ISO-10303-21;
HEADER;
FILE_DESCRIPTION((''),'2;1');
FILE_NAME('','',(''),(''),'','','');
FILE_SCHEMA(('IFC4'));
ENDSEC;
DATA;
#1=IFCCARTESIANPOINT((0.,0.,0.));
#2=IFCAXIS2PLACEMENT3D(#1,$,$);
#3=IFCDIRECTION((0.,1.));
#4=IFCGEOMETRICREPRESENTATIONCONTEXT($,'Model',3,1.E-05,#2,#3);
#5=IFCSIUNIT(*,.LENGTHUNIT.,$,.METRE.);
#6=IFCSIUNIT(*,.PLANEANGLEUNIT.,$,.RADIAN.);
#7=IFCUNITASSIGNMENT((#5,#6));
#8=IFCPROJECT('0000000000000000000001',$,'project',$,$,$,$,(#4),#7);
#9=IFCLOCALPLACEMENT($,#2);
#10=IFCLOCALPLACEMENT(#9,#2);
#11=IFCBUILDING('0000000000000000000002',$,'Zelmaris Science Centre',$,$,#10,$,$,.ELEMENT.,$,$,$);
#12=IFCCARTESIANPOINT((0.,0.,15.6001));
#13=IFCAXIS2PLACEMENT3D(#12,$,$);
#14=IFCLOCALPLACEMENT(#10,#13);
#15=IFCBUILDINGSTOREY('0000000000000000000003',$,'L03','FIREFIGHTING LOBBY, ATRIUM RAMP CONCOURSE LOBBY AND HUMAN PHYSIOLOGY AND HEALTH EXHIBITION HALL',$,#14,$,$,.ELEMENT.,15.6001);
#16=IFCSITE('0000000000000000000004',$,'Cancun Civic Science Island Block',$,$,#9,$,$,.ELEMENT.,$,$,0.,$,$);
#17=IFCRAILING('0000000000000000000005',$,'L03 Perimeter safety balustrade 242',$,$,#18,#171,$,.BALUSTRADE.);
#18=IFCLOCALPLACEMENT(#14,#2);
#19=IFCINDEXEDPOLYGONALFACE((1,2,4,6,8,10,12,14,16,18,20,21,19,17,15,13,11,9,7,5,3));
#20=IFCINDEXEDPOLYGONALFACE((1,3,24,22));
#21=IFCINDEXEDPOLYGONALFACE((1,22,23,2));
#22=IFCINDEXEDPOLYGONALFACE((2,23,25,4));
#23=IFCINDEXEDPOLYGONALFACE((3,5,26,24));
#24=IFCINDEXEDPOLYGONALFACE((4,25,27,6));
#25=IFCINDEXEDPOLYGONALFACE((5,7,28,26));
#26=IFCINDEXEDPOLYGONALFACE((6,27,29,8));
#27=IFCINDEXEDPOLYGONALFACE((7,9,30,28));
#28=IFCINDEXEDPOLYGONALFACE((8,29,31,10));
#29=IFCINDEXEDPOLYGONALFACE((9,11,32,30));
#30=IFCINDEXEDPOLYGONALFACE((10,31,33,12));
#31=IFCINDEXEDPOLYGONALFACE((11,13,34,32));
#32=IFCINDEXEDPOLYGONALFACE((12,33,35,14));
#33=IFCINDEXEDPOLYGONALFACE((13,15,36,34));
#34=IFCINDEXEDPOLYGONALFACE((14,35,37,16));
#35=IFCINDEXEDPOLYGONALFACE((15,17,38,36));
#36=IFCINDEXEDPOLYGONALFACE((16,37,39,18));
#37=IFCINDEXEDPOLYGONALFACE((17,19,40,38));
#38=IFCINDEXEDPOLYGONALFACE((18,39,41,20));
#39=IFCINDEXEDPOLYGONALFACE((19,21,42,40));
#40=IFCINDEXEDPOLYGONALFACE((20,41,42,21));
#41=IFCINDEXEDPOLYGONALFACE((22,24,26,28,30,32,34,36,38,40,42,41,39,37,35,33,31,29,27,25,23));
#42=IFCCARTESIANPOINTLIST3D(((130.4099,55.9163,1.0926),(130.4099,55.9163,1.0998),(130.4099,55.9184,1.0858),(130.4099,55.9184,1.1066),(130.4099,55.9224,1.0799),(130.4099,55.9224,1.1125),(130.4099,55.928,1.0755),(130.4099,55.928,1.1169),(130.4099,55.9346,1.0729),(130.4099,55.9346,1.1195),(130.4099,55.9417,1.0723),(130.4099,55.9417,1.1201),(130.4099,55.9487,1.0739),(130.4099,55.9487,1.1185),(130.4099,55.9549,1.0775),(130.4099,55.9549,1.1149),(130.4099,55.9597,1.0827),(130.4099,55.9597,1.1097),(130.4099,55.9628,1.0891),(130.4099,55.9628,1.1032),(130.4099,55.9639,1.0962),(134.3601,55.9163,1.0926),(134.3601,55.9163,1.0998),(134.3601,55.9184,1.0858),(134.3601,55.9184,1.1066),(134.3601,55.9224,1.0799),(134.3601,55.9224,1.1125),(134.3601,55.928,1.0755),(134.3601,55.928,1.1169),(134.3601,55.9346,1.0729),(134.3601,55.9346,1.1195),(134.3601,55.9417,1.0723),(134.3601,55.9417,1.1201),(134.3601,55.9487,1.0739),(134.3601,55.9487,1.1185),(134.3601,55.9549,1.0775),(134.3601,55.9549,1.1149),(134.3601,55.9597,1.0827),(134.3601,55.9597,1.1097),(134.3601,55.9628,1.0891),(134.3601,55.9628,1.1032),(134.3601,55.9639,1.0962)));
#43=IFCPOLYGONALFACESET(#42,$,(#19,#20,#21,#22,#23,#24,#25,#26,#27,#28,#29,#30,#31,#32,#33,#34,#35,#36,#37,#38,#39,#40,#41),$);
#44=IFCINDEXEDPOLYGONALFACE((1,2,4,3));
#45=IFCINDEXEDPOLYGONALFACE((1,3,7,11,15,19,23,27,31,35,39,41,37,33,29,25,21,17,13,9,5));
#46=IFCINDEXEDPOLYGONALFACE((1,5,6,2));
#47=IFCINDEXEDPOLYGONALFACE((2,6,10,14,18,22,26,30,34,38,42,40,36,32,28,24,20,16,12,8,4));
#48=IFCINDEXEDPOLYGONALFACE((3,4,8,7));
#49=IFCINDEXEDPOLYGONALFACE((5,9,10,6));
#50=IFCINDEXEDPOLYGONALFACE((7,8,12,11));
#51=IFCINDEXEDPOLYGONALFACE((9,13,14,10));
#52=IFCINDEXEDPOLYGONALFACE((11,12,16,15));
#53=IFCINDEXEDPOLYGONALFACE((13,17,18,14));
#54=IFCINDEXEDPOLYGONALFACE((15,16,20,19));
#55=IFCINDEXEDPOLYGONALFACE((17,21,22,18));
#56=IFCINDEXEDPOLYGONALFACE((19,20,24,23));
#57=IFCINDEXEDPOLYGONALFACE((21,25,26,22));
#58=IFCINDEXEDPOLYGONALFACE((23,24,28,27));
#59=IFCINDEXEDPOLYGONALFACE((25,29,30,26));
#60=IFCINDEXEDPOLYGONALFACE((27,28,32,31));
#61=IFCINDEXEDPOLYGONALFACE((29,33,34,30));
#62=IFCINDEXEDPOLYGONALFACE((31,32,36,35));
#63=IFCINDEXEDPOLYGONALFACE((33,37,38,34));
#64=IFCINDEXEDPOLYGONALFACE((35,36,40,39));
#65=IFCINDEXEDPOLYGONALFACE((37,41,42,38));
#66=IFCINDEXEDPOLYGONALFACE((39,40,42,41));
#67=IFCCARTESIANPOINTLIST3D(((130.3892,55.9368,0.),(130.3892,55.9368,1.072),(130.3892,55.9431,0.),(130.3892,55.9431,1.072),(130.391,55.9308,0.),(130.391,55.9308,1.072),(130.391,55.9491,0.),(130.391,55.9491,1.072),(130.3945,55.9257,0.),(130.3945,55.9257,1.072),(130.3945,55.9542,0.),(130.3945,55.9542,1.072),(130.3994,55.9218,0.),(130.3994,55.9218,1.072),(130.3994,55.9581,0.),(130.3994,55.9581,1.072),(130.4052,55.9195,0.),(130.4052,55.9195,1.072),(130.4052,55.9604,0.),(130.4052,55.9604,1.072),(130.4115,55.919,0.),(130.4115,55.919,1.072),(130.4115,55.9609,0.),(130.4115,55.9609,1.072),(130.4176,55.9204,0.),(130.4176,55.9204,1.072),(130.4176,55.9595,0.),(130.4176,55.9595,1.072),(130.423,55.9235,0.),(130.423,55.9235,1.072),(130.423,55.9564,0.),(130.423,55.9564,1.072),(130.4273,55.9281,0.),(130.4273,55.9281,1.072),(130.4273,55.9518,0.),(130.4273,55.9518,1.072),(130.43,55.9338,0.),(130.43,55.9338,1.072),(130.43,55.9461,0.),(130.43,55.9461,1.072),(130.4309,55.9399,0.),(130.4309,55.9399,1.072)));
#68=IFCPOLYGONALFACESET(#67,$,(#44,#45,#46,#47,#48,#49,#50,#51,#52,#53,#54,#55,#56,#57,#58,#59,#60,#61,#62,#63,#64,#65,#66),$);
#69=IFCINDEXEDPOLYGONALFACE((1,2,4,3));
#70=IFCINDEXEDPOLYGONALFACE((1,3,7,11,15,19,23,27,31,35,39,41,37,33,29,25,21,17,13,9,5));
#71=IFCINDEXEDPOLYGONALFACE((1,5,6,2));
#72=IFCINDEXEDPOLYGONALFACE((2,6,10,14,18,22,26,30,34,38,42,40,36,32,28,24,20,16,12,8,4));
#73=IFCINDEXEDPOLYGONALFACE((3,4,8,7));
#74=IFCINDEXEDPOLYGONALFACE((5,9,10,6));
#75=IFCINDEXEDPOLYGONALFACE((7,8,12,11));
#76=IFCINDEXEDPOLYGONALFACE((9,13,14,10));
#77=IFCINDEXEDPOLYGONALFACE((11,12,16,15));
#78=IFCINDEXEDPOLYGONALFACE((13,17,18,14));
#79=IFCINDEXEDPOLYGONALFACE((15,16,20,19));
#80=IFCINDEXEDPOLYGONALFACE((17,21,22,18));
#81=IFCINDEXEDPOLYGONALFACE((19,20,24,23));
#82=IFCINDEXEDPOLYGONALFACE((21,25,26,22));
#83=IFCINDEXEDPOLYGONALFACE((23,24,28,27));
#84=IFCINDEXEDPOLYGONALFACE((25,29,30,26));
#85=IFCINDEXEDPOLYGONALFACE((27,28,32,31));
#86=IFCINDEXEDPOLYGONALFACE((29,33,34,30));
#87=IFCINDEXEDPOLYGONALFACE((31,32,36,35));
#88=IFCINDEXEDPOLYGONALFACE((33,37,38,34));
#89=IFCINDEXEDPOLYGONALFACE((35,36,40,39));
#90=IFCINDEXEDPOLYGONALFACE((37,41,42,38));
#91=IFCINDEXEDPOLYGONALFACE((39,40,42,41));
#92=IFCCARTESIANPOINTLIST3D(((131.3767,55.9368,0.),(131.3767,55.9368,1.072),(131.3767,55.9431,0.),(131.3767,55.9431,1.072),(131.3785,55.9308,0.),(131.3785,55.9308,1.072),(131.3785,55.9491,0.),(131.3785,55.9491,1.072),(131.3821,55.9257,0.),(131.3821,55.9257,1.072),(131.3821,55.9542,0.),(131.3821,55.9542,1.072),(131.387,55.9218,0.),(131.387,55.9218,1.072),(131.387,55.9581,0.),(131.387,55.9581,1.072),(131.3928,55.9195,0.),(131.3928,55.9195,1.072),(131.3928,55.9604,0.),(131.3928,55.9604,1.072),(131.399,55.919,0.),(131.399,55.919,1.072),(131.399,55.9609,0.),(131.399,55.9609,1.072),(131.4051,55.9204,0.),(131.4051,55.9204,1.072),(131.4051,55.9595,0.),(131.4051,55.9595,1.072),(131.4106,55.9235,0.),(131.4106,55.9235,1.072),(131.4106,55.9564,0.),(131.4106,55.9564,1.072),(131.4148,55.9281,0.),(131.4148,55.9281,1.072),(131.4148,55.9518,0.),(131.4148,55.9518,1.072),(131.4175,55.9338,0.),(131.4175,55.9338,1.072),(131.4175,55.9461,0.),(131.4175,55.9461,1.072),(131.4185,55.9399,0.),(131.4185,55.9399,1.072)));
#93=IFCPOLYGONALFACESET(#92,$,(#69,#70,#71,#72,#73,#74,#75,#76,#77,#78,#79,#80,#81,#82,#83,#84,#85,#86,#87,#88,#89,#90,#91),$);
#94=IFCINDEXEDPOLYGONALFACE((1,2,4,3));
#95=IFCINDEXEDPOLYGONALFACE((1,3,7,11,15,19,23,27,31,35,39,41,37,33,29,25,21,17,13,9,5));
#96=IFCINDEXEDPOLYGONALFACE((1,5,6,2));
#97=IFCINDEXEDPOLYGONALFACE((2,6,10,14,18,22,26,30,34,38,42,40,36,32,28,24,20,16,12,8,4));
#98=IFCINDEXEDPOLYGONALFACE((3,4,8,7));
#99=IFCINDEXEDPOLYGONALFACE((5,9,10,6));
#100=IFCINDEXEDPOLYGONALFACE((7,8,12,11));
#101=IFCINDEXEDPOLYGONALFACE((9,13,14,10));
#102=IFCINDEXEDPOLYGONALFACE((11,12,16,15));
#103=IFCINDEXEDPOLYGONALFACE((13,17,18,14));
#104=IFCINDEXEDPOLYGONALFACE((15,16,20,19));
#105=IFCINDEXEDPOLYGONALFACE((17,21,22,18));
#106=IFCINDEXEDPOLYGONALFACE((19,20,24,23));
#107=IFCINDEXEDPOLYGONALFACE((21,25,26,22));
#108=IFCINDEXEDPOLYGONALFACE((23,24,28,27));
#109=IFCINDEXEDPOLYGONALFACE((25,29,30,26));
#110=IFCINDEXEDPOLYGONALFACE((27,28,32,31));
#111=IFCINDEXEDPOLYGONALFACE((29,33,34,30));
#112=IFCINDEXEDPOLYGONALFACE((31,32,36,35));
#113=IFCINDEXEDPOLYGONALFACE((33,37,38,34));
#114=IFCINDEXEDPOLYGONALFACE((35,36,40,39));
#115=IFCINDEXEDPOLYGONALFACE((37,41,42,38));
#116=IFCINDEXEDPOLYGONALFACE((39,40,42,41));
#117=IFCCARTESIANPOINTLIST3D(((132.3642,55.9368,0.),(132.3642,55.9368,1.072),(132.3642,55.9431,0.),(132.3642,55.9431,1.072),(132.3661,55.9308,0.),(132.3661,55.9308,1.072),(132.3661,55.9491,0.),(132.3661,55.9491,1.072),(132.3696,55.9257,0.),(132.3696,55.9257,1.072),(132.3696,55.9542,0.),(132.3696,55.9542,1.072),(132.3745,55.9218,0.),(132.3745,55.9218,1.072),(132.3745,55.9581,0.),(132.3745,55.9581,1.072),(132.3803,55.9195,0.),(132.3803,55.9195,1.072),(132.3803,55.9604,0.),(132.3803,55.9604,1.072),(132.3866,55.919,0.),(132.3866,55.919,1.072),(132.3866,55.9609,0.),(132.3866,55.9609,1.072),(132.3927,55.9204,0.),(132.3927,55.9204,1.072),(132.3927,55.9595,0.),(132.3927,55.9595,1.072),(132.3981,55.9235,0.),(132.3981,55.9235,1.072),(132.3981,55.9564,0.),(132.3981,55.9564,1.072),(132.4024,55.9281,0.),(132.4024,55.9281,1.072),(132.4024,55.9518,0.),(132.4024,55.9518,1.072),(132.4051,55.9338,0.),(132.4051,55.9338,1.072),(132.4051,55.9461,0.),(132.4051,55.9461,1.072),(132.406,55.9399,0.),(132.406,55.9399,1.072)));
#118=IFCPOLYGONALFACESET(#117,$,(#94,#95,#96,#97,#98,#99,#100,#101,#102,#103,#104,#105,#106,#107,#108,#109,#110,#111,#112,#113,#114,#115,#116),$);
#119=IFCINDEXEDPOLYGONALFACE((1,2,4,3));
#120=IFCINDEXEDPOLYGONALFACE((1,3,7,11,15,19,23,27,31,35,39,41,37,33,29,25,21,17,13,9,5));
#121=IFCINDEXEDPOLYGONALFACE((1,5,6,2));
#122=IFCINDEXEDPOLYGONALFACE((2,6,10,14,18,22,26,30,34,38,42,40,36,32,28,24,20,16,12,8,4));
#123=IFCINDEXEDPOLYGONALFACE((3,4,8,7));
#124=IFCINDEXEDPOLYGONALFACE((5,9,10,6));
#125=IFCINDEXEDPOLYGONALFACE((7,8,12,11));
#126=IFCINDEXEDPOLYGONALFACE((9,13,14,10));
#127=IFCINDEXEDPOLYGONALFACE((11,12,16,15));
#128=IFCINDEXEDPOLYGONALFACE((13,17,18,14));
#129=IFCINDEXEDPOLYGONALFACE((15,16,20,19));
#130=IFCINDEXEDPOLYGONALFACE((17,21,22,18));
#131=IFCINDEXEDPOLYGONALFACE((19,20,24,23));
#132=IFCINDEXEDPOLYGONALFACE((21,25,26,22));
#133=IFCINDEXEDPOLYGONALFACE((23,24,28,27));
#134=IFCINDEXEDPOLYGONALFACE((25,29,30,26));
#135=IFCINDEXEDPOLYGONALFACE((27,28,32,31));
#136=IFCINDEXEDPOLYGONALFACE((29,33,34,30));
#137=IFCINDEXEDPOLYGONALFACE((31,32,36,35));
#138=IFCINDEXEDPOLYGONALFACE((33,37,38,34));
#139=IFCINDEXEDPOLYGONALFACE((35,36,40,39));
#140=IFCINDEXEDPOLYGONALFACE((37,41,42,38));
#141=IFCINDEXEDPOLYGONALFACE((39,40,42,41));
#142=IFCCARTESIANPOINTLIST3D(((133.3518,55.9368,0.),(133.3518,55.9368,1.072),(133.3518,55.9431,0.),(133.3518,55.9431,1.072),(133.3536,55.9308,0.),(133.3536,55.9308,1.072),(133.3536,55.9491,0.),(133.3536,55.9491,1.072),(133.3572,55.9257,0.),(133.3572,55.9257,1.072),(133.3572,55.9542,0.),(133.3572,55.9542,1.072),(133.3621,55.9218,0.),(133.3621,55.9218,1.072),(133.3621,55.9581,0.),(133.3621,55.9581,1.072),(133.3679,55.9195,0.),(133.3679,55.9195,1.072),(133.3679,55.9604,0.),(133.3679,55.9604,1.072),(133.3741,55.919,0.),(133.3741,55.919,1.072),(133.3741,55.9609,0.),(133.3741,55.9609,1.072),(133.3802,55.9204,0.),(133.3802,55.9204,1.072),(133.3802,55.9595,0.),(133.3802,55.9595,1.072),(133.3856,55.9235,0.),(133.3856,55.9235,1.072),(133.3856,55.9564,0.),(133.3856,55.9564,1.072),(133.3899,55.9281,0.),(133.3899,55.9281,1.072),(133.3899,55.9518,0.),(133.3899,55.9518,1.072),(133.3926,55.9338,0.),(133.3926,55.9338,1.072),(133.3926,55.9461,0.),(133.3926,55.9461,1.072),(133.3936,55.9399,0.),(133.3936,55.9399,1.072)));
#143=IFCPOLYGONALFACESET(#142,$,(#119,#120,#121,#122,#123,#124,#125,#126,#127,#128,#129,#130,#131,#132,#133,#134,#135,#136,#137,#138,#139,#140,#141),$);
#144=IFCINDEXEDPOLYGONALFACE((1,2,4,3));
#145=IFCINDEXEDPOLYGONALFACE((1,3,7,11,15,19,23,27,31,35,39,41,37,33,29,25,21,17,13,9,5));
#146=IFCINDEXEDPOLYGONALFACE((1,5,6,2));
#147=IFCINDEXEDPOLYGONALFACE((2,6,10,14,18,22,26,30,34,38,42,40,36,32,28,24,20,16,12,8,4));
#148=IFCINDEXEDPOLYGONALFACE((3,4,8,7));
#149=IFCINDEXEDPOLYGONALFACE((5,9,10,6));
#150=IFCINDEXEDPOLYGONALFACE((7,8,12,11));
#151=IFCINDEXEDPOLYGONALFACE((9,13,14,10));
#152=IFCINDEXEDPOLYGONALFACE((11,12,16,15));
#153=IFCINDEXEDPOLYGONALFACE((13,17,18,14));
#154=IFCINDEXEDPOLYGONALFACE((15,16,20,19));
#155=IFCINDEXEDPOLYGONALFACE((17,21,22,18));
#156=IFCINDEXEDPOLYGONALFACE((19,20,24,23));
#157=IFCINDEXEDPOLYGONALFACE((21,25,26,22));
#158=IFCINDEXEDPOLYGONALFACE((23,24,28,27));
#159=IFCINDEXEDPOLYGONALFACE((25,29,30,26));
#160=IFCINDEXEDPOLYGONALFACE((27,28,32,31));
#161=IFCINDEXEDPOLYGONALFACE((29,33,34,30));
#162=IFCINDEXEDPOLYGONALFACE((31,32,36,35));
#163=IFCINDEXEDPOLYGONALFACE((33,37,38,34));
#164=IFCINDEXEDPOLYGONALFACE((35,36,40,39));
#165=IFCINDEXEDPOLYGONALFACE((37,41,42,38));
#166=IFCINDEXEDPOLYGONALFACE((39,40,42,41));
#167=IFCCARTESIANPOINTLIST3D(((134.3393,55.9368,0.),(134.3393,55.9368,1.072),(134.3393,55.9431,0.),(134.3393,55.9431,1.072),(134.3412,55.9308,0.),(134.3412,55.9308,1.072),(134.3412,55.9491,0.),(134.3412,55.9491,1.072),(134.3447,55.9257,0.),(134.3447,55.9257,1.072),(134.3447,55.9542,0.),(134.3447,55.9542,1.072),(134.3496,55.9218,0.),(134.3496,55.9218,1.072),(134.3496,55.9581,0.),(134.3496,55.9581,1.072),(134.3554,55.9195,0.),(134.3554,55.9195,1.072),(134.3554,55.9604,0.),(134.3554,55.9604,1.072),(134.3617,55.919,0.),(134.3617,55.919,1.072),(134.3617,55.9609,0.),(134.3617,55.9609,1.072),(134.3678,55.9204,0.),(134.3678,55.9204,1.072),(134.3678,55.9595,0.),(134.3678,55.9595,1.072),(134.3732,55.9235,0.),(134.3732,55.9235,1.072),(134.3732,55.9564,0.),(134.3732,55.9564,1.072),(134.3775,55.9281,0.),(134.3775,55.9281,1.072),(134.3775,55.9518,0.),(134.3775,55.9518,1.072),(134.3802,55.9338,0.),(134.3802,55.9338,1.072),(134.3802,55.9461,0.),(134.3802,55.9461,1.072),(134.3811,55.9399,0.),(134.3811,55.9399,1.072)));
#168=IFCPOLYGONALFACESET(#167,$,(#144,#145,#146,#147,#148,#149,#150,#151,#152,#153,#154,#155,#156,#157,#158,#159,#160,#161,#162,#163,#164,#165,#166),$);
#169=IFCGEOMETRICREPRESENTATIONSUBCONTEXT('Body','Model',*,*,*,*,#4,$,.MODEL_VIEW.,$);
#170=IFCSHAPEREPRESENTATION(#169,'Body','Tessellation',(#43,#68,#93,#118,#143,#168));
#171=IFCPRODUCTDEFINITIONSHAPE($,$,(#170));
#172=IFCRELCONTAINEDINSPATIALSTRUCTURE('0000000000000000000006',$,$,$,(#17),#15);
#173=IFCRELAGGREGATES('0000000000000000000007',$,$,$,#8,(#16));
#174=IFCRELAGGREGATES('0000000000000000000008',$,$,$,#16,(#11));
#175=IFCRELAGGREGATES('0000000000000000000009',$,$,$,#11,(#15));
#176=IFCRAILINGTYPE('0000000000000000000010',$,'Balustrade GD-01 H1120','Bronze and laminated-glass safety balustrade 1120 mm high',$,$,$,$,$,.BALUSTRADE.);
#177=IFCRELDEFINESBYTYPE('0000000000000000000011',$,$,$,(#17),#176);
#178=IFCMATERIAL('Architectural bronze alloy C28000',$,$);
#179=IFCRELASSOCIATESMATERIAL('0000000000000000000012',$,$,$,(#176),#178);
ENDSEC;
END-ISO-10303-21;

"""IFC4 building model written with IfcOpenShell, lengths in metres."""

from ifc_helpers import new_model, si_unit, direction, frame, origin, origin_2d, place, context, subcontext, project, spatial, circle, extrude, material, type_object, element, save


model = new_model("IFC4")

# Units and contexts
model_context = context("Model", 3, precision=1e-05, world=origin(), true_north=direction((0.0, 1.0)))
body_context = subcontext(model_context, "Body", "Model", "MODEL_VIEW")
ifc_project = project(units=[si_unit("LENGTHUNIT", "METRE"), si_unit("PLANEANGLEUNIT", "RADIAN")], contexts=[model_context])

# Site, building, storey
site_placement = place(None, origin())
site = spatial("IfcSite", under=ifc_project, at=site_placement, Name="Cancun Civic Science Island Block", CompositionType="ELEMENT", RefElevation=0.0)
building_placement = place(site_placement, origin())
building = spatial("IfcBuilding", under=site, at=building_placement, Name="Zelmaris Science Centre", CompositionType="ELEMENT")
storey_placement = place(building_placement, frame((0.0, 0.0, 15.6001)))
storey = spatial("IfcBuildingStorey", under=building, at=storey_placement, Name="L03", Description="FIREFIGHTING LOBBY, ATRIUM RAMP CONCOURSE LOBBY AND HUMAN PHYSIOLOGY AND HEALTH EXHIBITION HALL", CompositionType="ELEMENT", Elevation=15.6001)

# Railing
ifc_material_1 = material(Name="Architectural bronze alloy C28000")
railing_type = type_object("IfcRailingType", Name="Balustrade GD-01 H1120", Description="Bronze and laminated-glass safety balustrade 1120 mm high", PredefinedType="BALUSTRADE", material=ifc_material_1)
railing_1_placement = place(storey_placement, frame((130.4099, 55.9399, 0.0)))
element("IfcRailing", 1, at=railing_1_placement, inside=storey, type_object=railing_type, Name="L03 Perimeter safety balustrade 242", PredefinedType="BALUSTRADE", context=body_context, shape_type="SweptSolid", body=[
    extrude(circle(Radius=0.0239, at=origin_2d()), frame((0.0, 0.0, 1.0962), z_axis=(1.0, 0.0, 0.0), x_axis=(0.0, 1.0, 0.0)), (0.0, 0.0, 1.0), 3.9502),
    extrude(circle(Radius=0.021, at=origin_2d()), origin(), (0.0, 0.0, 1.0), 1.072),
    extrude(circle(Radius=0.021, at=origin_2d()), frame((0.9875, 0.0, 0.0)), (0.0, 0.0, 1.0), 1.072),
    extrude(circle(Radius=0.021, at=origin_2d()), frame((1.9751, 0.0, 0.0)), (0.0, 0.0, 1.0), 1.072),
    extrude(circle(Radius=0.021, at=origin_2d()), frame((2.9626, 0.0, 0.0)), (0.0, 0.0, 1.0), 1.072),
    extrude(circle(Radius=0.021, at=origin_2d()), frame((3.9502, 0.0, 0.0)), (0.0, 0.0, 1.0), 1.072),
])

save(model, "model.ifc")
